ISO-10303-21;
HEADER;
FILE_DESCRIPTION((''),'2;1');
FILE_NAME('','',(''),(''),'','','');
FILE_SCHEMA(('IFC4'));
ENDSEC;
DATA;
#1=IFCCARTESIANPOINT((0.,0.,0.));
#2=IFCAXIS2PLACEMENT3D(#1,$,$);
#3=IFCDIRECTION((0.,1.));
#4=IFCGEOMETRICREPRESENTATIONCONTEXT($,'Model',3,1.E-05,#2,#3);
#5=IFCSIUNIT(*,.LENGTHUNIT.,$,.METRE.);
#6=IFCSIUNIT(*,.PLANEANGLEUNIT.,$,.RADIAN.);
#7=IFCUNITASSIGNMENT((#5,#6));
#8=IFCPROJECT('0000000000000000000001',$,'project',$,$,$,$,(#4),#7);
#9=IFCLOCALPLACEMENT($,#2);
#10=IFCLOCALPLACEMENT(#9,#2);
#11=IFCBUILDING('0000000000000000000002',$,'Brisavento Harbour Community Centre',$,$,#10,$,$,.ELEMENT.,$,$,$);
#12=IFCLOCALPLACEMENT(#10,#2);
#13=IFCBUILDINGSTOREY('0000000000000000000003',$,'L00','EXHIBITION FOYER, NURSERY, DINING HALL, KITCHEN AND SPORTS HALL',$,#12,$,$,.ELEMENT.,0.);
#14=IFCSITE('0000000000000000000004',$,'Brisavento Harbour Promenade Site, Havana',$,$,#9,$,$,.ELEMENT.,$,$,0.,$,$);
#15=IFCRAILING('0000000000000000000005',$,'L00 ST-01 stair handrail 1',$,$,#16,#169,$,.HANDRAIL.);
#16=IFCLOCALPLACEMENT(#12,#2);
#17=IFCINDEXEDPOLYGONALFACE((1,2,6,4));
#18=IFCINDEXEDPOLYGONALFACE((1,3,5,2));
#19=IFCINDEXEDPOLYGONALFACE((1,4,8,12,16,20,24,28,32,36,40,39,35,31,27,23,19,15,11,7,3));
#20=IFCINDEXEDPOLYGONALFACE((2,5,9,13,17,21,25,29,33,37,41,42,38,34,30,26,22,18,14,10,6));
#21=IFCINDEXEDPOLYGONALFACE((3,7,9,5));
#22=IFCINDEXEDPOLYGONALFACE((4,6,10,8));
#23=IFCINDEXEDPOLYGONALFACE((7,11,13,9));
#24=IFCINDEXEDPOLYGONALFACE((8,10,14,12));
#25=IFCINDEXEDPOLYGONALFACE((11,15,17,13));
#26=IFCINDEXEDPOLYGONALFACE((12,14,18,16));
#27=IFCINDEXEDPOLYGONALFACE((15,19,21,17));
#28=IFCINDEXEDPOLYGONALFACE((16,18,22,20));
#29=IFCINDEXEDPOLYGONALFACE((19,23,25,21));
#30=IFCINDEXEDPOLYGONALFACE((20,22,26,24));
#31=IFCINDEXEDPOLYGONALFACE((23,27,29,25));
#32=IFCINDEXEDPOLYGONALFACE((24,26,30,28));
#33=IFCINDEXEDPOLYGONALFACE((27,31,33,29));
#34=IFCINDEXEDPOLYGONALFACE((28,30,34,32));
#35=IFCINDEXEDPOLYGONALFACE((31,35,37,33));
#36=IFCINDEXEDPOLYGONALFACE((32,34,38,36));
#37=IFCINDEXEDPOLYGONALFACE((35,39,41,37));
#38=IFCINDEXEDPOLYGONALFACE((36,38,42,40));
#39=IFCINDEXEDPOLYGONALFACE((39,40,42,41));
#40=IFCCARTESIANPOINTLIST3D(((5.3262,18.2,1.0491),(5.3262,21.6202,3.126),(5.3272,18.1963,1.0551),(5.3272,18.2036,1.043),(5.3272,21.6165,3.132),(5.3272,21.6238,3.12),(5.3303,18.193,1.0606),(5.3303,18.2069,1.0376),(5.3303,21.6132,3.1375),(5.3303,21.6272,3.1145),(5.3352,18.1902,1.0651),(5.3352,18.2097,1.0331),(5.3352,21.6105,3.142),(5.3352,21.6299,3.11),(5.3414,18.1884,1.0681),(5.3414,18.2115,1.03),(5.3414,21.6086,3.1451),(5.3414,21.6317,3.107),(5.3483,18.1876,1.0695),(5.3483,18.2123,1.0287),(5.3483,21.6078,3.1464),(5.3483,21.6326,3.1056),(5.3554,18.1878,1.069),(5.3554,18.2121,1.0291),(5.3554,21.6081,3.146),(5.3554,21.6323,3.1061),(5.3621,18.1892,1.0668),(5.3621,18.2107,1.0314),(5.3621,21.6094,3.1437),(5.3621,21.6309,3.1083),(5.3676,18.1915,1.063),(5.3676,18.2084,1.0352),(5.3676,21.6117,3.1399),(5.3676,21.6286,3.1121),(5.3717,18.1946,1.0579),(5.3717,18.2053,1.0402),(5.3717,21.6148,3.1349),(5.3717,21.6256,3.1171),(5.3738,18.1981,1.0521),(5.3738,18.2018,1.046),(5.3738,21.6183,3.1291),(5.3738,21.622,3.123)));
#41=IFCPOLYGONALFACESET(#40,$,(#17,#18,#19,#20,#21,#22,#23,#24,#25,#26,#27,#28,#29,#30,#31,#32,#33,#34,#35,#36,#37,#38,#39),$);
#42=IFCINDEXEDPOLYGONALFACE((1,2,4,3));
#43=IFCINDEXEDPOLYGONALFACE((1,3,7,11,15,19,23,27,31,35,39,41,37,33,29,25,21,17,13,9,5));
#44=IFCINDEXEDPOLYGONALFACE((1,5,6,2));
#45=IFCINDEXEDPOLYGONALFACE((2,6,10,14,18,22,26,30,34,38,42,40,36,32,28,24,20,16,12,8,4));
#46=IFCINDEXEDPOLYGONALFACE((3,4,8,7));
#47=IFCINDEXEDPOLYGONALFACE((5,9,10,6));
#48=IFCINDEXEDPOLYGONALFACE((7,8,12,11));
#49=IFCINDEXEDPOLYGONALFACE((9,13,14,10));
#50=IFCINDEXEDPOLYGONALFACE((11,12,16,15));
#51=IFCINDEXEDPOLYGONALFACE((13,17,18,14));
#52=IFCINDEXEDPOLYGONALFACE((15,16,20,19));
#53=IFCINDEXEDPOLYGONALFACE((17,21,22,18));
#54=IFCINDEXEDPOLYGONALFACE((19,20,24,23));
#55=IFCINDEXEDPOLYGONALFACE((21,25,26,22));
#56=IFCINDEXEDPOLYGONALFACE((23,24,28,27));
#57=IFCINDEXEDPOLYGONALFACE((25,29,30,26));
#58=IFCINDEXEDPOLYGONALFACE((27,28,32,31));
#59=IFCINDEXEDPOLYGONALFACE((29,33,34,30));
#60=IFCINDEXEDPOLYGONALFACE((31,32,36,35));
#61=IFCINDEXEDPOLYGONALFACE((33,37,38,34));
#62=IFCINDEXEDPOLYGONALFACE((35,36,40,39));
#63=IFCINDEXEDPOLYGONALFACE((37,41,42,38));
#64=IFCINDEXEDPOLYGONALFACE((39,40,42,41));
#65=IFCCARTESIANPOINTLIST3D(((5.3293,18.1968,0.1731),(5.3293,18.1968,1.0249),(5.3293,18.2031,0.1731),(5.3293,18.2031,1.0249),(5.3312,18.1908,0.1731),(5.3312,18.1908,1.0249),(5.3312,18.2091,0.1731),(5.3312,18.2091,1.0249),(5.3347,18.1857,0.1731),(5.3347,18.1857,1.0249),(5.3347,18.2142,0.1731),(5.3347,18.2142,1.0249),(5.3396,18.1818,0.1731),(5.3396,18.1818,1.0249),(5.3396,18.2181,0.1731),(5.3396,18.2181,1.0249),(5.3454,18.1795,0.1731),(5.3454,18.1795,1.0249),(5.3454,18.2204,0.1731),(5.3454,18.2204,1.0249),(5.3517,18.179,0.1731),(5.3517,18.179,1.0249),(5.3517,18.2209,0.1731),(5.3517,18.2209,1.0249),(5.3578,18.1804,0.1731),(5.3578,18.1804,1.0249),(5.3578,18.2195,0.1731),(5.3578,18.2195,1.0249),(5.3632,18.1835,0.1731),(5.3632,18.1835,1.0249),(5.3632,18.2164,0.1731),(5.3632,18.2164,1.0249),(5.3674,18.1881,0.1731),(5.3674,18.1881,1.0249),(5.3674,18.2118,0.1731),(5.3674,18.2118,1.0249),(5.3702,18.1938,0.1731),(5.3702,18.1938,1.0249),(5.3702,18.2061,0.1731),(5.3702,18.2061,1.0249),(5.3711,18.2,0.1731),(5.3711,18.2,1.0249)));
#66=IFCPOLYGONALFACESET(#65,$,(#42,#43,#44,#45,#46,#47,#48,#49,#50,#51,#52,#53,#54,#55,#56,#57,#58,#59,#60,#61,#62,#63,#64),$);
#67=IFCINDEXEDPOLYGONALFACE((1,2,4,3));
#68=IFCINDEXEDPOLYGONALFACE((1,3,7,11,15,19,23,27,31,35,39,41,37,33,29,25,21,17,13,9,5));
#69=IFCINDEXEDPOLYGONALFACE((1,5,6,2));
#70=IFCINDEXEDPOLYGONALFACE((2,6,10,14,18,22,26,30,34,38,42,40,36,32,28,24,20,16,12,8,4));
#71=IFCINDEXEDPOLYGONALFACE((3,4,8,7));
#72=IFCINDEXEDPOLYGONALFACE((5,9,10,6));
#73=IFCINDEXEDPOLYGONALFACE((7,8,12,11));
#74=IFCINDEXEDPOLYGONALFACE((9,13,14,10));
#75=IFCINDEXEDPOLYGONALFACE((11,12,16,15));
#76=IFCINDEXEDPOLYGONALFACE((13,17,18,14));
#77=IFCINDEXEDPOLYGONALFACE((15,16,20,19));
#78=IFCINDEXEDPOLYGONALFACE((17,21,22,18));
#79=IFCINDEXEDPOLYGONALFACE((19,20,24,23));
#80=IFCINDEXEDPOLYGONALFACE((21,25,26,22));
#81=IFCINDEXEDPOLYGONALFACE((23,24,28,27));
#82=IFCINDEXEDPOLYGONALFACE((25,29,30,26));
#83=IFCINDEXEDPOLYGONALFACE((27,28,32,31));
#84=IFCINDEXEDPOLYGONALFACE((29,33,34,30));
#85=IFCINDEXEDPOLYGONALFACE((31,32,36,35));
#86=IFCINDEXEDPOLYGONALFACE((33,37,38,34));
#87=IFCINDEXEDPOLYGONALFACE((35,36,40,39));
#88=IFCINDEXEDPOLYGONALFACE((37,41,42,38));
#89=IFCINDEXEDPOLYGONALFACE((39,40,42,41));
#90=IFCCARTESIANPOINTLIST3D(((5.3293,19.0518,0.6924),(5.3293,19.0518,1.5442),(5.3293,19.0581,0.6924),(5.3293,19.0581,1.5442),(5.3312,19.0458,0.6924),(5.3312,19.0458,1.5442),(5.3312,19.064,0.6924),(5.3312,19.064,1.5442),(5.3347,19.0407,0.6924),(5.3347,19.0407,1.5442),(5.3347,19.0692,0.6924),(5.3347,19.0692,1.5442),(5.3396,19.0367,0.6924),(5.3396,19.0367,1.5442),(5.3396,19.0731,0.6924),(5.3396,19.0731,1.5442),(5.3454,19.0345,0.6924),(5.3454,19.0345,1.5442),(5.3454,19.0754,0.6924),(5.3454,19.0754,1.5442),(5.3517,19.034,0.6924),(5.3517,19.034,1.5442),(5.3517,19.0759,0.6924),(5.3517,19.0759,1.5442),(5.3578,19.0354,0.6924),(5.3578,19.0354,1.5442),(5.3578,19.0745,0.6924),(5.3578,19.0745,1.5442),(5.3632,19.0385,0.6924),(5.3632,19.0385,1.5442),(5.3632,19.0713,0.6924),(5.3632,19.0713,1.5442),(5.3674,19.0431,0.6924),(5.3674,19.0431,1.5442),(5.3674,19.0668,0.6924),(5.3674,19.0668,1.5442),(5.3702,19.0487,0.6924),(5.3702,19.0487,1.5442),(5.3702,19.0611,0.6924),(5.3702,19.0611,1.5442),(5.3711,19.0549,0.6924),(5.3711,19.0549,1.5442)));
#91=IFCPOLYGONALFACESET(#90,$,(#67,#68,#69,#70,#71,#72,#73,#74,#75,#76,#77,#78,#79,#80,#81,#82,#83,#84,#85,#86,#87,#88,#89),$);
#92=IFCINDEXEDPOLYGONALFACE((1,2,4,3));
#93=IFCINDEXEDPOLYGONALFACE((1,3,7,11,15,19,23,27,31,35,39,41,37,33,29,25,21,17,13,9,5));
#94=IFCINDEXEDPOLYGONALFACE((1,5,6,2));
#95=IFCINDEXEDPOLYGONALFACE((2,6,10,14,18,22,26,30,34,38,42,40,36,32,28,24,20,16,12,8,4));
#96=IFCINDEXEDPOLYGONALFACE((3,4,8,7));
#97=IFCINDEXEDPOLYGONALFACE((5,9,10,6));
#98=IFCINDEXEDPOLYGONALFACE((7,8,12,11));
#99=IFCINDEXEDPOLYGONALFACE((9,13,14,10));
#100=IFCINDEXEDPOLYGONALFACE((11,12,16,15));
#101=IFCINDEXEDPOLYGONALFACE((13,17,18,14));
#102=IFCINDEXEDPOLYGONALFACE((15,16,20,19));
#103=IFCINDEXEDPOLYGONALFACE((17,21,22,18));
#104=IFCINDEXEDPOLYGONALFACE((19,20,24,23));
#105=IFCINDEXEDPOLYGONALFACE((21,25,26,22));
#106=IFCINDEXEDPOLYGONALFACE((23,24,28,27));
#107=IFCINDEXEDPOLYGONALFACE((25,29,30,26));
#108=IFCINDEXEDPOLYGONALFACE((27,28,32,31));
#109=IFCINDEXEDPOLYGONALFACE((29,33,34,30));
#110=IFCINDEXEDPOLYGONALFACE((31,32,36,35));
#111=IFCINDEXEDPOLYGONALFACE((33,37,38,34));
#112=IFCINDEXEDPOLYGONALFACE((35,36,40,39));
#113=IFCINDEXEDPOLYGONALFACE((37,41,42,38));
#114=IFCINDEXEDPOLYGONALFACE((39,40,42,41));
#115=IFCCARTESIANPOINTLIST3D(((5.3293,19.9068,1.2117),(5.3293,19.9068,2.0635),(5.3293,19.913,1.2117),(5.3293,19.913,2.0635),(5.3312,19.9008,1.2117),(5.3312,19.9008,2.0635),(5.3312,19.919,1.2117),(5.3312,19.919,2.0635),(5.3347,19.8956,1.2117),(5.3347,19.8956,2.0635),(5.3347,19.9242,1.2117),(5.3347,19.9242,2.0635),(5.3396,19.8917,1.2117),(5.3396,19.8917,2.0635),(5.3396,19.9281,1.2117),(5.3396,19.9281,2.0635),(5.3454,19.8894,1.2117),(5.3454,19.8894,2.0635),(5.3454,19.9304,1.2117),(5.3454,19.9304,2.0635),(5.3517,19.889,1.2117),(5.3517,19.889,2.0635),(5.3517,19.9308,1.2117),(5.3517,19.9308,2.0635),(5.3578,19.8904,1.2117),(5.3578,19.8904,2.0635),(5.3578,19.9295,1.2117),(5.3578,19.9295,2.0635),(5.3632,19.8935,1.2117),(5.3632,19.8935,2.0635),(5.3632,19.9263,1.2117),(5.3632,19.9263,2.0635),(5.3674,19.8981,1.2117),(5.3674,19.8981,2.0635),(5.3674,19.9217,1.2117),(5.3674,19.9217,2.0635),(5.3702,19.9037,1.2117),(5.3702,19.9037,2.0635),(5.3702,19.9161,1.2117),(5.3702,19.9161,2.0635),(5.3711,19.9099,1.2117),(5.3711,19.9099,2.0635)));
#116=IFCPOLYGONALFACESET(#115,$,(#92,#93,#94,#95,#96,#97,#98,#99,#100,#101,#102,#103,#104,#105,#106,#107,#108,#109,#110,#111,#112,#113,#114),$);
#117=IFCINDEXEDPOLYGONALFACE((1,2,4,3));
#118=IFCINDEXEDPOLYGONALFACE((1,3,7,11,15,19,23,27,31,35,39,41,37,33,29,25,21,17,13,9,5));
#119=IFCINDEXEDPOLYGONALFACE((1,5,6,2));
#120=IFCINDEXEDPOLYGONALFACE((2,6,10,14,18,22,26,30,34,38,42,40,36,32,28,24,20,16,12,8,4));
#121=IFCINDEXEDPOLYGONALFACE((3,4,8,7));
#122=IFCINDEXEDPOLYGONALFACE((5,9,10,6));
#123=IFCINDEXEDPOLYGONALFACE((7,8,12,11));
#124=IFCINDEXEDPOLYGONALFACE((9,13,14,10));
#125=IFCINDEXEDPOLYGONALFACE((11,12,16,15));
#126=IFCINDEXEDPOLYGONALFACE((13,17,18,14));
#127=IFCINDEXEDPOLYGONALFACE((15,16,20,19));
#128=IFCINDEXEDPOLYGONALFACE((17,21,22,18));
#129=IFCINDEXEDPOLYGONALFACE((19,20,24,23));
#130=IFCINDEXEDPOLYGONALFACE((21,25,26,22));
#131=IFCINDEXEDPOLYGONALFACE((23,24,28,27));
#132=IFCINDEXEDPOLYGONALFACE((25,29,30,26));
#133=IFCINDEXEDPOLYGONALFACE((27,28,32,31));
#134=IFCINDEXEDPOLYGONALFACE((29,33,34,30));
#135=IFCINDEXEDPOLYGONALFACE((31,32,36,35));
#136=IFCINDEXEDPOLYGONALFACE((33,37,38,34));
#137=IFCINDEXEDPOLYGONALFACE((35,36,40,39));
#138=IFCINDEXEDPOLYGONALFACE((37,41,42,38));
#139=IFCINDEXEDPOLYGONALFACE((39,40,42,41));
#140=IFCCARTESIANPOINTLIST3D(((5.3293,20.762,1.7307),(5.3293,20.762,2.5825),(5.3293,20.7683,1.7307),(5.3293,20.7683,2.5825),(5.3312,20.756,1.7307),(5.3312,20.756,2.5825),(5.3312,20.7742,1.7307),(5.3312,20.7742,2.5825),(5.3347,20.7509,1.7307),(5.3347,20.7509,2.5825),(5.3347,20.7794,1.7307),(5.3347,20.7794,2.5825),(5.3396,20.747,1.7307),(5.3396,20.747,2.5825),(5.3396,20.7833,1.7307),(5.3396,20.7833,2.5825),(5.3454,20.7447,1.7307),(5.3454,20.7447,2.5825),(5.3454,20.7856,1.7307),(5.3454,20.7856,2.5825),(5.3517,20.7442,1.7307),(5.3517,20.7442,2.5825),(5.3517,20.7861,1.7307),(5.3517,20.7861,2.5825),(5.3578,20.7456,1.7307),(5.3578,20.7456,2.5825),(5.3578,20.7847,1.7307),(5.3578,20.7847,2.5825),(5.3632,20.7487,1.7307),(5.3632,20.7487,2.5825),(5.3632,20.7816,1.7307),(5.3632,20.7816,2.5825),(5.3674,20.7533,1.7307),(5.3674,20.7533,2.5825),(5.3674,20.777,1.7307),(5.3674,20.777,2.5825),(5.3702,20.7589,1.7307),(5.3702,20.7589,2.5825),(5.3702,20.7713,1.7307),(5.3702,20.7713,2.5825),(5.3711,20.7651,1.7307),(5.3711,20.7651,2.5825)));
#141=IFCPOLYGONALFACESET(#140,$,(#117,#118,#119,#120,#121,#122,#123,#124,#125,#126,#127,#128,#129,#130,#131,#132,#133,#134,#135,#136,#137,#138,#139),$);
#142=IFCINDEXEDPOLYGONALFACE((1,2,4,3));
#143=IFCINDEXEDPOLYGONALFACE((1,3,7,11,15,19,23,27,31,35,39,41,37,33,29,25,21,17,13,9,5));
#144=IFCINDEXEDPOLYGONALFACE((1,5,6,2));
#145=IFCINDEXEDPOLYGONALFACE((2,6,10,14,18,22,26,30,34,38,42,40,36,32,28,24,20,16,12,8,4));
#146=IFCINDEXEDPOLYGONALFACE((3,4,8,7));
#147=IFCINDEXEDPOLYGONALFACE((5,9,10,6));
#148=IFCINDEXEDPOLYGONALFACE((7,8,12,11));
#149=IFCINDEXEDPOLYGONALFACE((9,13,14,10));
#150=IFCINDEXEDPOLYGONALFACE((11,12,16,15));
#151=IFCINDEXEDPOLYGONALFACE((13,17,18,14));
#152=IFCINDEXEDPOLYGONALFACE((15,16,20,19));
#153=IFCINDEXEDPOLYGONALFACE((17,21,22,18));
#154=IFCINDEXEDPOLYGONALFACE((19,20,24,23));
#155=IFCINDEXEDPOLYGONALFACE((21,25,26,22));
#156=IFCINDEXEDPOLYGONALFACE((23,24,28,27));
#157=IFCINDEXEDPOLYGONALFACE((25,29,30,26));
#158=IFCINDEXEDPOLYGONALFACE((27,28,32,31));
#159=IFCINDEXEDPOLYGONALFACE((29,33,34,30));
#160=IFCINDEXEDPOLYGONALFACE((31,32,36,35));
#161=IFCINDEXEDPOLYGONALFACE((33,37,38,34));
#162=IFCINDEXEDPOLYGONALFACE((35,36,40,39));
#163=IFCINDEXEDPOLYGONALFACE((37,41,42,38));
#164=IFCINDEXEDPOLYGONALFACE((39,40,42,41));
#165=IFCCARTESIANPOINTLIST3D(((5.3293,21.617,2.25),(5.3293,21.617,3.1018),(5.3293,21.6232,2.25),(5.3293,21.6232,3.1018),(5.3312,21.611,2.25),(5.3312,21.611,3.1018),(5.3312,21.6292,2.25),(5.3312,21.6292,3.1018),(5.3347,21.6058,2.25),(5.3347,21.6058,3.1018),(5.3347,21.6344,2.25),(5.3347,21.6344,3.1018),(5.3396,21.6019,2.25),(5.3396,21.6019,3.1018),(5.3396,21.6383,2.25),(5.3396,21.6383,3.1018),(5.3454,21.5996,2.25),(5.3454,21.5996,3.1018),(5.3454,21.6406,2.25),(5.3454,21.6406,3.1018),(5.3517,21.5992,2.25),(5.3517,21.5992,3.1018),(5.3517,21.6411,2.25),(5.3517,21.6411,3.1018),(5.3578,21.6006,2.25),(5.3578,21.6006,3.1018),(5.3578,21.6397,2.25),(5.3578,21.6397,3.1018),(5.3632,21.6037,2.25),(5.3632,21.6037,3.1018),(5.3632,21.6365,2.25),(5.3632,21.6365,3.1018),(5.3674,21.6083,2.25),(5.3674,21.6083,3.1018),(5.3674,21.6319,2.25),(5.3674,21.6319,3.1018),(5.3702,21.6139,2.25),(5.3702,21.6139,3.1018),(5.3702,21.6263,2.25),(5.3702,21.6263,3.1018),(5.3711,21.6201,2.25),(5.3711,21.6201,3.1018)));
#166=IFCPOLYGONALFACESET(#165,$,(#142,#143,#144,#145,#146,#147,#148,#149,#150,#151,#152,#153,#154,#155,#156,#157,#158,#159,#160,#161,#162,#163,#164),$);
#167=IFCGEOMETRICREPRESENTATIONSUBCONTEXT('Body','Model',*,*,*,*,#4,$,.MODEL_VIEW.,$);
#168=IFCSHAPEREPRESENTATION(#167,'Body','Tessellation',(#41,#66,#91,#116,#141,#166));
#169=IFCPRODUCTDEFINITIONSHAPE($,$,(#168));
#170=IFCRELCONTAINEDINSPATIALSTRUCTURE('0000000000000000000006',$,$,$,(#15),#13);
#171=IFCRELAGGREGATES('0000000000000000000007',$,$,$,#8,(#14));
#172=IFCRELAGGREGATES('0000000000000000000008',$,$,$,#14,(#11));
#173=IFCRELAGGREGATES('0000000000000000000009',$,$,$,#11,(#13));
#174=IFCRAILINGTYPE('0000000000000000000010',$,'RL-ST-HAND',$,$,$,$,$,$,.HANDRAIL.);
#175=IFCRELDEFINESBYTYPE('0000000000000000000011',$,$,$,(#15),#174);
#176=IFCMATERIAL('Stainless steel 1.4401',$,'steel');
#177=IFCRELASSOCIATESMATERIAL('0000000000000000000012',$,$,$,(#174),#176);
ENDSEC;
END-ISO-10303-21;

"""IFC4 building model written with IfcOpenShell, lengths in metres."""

from ifc_helpers import new_model, si_unit, direction, frame, origin, origin_2d, place, context, subcontext, project, spatial, circle, extrude, material, type_object, element, save


model = new_model("IFC4")

# Units and contexts
model_context = context("Model", 3, precision=1e-05, world=origin(), true_north=direction((0.0, 1.0)))
body_context = subcontext(model_context, "Body", "Model", "MODEL_VIEW")
ifc_project = project(units=[si_unit("LENGTHUNIT", "METRE"), si_unit("PLANEANGLEUNIT", "RADIAN")], contexts=[model_context])

# Site, building, storey
site_placement = place(None, origin())
site = spatial("IfcSite", under=ifc_project, at=site_placement, Name="Brisavento Harbour Promenade Site, Havana", CompositionType="ELEMENT", RefElevation=0.0)
building_placement = place(site_placement, origin())
building = spatial("IfcBuilding", under=site, at=building_placement, Name="Brisavento Harbour Community Centre", CompositionType="ELEMENT")
storey_placement = place(building_placement, origin())
storey = spatial("IfcBuildingStorey", under=building, at=storey_placement, Name="L00", Description="EXHIBITION FOYER, NURSERY, DINING HALL, KITCHEN AND SPORTS HALL", CompositionType="ELEMENT", Elevation=0.0)

# Shared definitions
ifc_material_1 = material(Name="Stainless steel 1.4401", Category="steel")

# Railing
railing_type_1 = type_object("IfcRailingType", Name="RL-ST-HAND", PredefinedType="HANDRAIL", material=ifc_material_1)
railing_1_placement = place(storey_placement, frame((5.3501, 18.2, 0.1731)))
element("IfcRailing", 1, at=railing_1_placement, inside=storey, type_object=railing_type_1, Name="L00 ST-01 stair handrail 1", PredefinedType="HANDRAIL", context=body_context, shape_type="SweptSolid", body=[
    extrude(circle(Radius=0.0239, at=origin_2d()), frame((0.0, 0.0, 0.876), z_axis=(0.0, 0.854746, 0.519047), x_axis=(-1.0, 0.0, 0.0)), (0.0, 0.0, 1.0), 4.0015),
    extrude(circle(Radius=0.021, at=origin_2d()), origin(), (0.0, 0.0, 1.0), 0.8518),
    extrude(circle(Radius=0.021, at=origin_2d()), frame((0.0, 0.855, 0.5193)), (0.0, 0.0, 1.0), 0.8518),
    extrude(circle(Radius=0.021, at=origin_2d()), frame((0.0, 1.71, 1.0386)), (0.0, 0.0, 1.0), 0.8518),
    extrude(circle(Radius=0.021, at=origin_2d()), frame((0.0, 2.5652, 1.5576)), (0.0, 0.0, 1.0), 0.8518),
    extrude(circle(Radius=0.021, at=origin_2d()), frame((0.0, 3.4202, 2.0769)), (0.0, 0.0, 1.0), 0.8518),
])

save(model, "model.ifc")
